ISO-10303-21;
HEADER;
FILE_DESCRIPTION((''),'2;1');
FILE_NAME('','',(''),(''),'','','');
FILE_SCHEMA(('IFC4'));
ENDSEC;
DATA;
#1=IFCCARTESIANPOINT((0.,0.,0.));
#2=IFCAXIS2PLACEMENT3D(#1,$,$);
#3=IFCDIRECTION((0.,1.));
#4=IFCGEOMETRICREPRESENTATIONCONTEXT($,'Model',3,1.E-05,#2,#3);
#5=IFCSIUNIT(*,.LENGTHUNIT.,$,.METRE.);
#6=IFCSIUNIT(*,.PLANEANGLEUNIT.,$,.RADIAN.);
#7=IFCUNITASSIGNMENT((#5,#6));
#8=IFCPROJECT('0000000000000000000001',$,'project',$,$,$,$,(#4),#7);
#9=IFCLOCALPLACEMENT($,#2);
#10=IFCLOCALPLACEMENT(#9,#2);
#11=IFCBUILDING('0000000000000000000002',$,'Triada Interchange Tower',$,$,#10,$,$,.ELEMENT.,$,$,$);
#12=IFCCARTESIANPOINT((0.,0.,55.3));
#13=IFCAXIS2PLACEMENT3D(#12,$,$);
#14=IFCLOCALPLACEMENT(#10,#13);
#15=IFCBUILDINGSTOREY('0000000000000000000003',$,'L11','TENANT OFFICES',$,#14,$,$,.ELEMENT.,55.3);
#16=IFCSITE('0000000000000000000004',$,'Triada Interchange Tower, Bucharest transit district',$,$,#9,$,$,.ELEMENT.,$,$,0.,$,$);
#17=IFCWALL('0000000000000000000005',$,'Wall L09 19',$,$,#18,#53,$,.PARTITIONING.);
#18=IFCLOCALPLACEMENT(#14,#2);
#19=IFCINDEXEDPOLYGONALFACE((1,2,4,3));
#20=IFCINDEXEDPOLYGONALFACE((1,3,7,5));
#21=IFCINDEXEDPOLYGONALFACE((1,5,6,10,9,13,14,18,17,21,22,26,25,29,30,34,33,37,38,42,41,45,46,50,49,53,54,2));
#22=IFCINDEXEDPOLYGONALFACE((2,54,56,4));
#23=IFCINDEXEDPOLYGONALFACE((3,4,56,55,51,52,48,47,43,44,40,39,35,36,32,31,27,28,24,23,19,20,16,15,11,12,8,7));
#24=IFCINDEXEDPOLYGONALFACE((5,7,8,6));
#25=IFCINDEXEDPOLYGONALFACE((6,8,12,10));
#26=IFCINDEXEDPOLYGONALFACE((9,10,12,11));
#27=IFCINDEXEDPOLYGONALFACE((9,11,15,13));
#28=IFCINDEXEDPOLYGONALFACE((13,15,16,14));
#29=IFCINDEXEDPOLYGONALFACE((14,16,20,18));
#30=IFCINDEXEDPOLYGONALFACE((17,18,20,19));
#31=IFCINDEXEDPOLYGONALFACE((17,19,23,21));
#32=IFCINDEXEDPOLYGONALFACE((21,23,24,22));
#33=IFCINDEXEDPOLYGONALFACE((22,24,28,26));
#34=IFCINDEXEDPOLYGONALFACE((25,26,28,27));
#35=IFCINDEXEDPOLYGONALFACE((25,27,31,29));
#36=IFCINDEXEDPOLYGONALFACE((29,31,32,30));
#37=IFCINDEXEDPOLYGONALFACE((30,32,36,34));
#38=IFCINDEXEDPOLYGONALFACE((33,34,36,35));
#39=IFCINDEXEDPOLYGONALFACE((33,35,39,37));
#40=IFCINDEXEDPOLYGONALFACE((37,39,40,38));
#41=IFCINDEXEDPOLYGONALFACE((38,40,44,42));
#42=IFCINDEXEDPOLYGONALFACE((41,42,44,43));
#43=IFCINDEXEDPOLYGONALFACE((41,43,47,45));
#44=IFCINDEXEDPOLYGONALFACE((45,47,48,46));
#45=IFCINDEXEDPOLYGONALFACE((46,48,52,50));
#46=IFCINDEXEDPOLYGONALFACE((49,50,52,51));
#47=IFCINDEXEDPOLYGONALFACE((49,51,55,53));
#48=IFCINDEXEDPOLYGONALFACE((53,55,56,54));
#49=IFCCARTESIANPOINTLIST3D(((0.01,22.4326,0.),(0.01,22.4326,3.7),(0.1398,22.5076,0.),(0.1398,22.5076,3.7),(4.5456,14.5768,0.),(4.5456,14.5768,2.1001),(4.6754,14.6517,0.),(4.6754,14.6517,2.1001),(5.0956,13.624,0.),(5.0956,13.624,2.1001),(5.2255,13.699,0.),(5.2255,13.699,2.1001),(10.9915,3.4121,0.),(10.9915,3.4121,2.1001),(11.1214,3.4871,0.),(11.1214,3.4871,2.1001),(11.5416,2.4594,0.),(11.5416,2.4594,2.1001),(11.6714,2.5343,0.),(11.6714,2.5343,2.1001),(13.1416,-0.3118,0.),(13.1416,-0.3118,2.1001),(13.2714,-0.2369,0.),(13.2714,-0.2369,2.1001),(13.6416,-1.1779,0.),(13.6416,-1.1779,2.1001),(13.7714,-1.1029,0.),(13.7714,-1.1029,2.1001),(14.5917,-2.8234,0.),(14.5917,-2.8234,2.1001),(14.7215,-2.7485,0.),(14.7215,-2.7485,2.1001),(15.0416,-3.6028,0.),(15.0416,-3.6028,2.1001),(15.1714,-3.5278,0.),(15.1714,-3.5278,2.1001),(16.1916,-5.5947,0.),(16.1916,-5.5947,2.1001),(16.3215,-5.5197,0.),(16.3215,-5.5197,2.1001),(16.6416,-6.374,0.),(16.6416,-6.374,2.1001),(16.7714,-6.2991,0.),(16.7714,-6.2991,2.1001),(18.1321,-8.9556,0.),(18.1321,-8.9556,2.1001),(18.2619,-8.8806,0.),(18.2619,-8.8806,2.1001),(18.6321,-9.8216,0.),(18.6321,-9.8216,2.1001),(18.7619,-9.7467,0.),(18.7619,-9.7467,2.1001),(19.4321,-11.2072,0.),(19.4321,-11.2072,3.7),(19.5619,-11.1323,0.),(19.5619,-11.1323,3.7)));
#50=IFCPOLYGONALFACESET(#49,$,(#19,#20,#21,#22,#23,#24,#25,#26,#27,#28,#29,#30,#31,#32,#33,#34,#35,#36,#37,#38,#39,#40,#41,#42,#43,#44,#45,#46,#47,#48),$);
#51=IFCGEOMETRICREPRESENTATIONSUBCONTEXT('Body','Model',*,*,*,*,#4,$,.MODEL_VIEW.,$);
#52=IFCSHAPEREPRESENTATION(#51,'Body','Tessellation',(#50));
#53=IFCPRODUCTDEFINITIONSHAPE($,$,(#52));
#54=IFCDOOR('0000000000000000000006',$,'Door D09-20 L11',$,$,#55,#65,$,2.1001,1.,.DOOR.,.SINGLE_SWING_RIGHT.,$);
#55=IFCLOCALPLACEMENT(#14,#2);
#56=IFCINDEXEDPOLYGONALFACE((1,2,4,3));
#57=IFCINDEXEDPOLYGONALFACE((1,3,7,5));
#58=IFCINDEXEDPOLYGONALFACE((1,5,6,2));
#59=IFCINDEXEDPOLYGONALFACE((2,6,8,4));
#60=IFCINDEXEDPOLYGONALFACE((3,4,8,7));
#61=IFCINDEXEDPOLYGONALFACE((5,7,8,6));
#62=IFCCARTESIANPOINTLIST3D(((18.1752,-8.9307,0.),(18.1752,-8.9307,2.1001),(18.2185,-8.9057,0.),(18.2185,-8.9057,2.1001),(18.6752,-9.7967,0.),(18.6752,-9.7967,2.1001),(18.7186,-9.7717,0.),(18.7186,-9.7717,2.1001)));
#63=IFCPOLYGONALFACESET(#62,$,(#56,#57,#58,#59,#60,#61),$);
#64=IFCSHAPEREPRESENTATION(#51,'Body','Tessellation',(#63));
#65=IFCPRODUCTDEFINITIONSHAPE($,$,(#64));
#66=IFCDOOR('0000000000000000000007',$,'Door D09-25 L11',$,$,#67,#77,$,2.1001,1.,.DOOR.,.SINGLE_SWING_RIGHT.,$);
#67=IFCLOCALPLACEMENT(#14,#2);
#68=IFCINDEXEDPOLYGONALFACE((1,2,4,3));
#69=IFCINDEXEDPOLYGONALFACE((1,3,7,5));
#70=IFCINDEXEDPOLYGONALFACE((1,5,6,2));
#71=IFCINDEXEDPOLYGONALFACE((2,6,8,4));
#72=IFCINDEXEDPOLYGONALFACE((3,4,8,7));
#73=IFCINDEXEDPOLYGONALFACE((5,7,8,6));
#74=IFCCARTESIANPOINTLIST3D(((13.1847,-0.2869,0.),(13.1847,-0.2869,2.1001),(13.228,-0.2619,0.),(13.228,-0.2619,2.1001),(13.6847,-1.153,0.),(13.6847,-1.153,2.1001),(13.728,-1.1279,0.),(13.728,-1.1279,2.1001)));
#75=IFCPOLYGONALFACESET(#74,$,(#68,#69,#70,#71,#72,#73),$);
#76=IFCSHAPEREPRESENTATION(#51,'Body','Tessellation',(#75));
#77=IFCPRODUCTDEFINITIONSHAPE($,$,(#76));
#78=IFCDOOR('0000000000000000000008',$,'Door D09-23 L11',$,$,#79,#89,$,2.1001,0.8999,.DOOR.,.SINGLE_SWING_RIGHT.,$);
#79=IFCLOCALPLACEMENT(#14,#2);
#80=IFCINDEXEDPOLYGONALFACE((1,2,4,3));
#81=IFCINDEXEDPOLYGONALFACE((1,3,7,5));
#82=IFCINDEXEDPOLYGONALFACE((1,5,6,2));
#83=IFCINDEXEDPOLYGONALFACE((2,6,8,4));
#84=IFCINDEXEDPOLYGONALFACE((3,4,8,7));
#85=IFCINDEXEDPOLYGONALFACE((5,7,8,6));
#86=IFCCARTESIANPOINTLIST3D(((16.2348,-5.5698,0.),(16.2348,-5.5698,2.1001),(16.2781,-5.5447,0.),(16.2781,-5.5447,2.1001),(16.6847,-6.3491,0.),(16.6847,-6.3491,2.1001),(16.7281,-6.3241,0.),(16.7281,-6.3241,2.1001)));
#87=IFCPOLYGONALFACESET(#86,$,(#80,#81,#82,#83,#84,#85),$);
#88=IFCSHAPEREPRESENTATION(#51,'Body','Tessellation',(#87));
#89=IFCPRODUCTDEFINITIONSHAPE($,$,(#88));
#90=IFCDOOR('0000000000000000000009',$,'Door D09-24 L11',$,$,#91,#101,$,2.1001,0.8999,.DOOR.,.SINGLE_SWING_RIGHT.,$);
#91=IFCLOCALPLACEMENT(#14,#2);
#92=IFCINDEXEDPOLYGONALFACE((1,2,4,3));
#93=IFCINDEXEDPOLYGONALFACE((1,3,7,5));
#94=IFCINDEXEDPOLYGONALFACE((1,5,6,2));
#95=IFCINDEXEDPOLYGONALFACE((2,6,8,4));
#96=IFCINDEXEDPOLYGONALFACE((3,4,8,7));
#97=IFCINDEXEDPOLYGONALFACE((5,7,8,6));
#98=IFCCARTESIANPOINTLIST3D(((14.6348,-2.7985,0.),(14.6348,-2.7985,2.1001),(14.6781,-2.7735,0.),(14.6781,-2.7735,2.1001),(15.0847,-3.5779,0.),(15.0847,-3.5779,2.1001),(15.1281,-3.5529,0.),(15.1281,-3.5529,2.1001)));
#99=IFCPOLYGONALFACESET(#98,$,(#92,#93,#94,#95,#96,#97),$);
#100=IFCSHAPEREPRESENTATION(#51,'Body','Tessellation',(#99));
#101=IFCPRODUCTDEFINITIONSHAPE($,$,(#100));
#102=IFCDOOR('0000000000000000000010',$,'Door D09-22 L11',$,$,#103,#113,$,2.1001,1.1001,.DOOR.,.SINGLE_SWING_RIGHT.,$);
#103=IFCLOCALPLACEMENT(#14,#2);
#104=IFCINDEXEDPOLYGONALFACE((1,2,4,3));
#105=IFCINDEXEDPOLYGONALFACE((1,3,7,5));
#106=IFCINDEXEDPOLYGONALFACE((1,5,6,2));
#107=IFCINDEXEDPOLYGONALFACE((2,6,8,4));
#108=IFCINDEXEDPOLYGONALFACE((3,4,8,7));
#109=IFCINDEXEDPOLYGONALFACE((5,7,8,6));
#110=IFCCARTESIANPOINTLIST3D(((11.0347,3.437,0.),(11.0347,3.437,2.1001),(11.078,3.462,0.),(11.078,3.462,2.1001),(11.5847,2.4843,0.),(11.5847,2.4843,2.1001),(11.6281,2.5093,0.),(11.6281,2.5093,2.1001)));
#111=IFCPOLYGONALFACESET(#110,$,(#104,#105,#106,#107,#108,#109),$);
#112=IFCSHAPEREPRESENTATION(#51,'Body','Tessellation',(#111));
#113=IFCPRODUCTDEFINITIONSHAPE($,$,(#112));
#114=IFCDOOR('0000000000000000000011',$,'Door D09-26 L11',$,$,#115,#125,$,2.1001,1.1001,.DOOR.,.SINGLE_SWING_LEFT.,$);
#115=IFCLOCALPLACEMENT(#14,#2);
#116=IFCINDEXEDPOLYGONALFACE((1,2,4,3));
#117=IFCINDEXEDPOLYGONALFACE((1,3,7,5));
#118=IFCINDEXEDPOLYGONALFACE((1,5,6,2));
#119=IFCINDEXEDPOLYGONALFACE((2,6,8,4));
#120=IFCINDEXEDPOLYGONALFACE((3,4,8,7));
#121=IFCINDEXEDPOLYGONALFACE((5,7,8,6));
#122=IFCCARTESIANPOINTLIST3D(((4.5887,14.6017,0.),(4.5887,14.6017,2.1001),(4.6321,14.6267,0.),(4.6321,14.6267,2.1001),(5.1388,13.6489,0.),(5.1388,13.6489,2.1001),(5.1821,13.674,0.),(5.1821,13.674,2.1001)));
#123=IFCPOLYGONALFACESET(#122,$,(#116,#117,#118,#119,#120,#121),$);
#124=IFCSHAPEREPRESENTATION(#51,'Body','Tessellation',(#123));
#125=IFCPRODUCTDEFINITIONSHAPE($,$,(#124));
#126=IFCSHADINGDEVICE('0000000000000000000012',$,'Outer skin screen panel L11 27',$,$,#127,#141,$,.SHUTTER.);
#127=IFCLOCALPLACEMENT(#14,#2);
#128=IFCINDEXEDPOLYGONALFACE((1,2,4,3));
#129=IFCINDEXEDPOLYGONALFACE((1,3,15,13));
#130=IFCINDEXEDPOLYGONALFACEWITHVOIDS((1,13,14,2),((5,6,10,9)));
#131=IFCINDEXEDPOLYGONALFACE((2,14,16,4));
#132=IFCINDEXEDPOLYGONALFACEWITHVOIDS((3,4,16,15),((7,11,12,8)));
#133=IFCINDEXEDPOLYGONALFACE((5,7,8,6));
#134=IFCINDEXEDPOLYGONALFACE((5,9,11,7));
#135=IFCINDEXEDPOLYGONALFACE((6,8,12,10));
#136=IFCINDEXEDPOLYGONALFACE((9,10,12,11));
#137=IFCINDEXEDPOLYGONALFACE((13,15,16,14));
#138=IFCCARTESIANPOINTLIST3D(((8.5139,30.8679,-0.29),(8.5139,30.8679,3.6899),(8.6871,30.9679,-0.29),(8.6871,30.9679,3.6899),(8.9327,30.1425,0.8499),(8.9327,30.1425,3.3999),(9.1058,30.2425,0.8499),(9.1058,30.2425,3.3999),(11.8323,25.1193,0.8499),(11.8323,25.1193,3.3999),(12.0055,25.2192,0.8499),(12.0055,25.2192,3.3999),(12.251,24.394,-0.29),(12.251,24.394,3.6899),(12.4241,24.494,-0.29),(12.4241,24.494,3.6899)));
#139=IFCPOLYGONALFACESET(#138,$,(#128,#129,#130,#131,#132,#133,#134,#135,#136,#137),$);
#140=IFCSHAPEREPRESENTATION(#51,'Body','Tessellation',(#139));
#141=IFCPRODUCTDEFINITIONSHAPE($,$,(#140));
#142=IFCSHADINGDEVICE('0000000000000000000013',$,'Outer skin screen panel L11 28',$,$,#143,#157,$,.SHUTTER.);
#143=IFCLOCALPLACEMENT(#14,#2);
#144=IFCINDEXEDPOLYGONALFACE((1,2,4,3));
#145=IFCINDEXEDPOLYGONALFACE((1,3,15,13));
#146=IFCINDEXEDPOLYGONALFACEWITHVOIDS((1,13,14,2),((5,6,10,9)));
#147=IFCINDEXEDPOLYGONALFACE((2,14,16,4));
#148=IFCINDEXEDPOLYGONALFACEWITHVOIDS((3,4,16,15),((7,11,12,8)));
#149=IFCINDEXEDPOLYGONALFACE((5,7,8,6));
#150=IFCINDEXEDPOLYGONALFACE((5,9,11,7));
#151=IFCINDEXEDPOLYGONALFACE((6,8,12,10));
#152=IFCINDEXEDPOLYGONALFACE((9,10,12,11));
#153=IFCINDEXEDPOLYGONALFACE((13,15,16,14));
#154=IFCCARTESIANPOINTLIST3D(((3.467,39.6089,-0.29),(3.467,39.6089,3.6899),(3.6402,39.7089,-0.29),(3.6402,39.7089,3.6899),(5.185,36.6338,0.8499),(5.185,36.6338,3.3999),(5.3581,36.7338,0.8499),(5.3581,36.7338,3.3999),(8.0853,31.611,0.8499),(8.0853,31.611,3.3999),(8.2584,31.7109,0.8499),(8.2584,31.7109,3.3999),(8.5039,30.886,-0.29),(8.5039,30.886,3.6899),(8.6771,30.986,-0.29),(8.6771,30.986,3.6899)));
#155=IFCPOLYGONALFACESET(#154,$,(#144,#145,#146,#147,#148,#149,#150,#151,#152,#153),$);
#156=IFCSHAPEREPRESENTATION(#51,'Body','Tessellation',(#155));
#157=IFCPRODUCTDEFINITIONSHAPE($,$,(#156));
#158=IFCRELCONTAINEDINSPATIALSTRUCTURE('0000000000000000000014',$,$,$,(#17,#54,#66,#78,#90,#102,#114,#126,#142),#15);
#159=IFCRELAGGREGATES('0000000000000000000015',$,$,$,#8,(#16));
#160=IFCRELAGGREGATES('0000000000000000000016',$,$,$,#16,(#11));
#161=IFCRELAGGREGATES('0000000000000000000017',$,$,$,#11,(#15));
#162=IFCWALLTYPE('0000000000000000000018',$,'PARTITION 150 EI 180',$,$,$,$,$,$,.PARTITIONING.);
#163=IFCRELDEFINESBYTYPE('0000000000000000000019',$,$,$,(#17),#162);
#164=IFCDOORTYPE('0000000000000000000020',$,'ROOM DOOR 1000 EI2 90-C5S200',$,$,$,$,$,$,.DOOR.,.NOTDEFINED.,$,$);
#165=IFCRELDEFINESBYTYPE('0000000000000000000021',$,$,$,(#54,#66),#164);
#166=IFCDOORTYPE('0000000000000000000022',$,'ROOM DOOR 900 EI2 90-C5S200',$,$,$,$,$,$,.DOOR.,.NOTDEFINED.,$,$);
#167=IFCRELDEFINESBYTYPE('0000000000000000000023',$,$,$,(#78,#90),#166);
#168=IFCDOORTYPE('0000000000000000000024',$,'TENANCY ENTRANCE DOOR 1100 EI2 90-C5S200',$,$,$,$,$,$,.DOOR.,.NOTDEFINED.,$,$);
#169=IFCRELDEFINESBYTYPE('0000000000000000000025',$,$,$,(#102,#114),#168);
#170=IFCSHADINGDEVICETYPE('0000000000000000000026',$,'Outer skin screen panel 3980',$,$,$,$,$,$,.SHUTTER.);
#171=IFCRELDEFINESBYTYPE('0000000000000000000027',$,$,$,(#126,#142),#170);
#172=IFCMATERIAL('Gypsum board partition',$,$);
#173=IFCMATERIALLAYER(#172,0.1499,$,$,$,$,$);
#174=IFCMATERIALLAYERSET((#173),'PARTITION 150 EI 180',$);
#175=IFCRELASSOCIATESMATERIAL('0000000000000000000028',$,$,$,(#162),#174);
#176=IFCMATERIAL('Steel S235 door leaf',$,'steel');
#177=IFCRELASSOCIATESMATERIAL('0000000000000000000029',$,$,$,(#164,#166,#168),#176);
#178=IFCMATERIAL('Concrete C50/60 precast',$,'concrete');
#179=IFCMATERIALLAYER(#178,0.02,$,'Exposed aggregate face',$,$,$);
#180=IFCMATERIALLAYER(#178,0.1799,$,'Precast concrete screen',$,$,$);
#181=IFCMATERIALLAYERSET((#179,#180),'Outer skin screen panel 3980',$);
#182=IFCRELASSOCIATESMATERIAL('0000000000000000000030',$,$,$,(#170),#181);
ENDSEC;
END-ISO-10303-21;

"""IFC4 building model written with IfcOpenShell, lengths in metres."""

from ifc_helpers import new_model, si_unit, direction, frame, frame_2d, origin, place, context, subcontext, project, spatial, polyline, rectangle, outline, extrude, material, layer, layer_set, type_object, element, fill, save


model = new_model("IFC4")

# Units and contexts
model_context = context("Model", 3, precision=1e-05, world=origin(), true_north=direction((0.0, 1.0)))
body_context = subcontext(model_context, "Body", "Model", "MODEL_VIEW")
ifc_project = project(units=[si_unit("LENGTHUNIT", "METRE"), si_unit("PLANEANGLEUNIT", "RADIAN")], contexts=[model_context])

# Site, building, storey
site_placement = place(None, origin())
site = spatial("IfcSite", under=ifc_project, at=site_placement, Name="Triada Interchange Tower, Bucharest transit district", CompositionType="ELEMENT", RefElevation=0.0)
building_placement = place(site_placement, origin())
building = spatial("IfcBuilding", under=site, at=building_placement, Name="Triada Interchange Tower", CompositionType="ELEMENT")
storey_placement = place(building_placement, frame((0.0, 0.0, 55.3)))
storey = spatial("IfcBuildingStorey", under=building, at=storey_placement, Name="L11", Description="TENANT OFFICES", CompositionType="ELEMENT", Elevation=55.3)

# Shared definitions
ifc_material_1 = material(Name="Gypsum board partition")
ifc_layer_1 = layer(ifc_material_1, 0.1499)
ifc_layer_set_1 = layer_set([ifc_layer_1], Name="PARTITION 150 EI 180")
wall_type_1 = type_object("IfcWallType", Name="PARTITION 150 EI 180", PredefinedType="PARTITIONING", material=ifc_layer_set_1)

# Wall, openings, doors
wall_1_placement = place(storey_placement, frame((0.075, 22.47, 0.0), z_axis=(0.0, 0.0, 1.0), x_axis=(0.500002, -0.866024, 0.0)))
wall_1 = element("IfcWall", 1, at=wall_1_placement, inside=storey, type_object=wall_type_1, Name="Wall L09 19", PredefinedType="PARTITIONING", context=body_context, shape_type="SweptSolid", body=[
    extrude(rectangle(XDim=38.844, YDim=0.1499, at=frame_2d((19.4219, 0.0))), origin(), (0.0, 0.0, 1.0), 3.7),
])
opening_1_placement = place(wall_1_placement, frame((36.2439, 0.0, 0.0)))
opening_1 = element("IfcOpeningElement", 2, at=opening_1_placement, cuts=wall_1, PredefinedType="OPENING", context=body_context, shape_type="SweptSolid", body=[
    extrude(rectangle(XDim=1.0, YDim=2.1001, at=frame_2d((0.5, 1.05))), frame((0.0, 0.085, 0.0), z_axis=(0.0, -1.0, 0.0), x_axis=(1.0, 0.0, 0.0)), (0.0, 0.0, 1.0), 0.1699),
])
opening_2_placement = place(wall_1_placement, frame((21.9629, 0.0, 0.0)))
opening_2 = element("IfcOpeningElement", 3, at=opening_2_placement, cuts=wall_1, PredefinedType="OPENING", context=body_context, shape_type="SweptSolid", body=[
    extrude(rectangle(XDim=1.1001, YDim=2.1001, at=frame_2d((0.55, 1.05))), frame((0.0, 0.085, 0.0), z_axis=(0.0, -1.0, 0.0), x_axis=(1.0, 0.0, 0.0)), (0.0, 0.0, 1.0), 0.1699),
])
opening_3_placement = place(wall_1_placement, frame((32.363, 0.0, 0.0)))
opening_3 = element("IfcOpeningElement", 4, at=opening_3_placement, cuts=wall_1, PredefinedType="OPENING", context=body_context, shape_type="SweptSolid", body=[
    extrude(rectangle(XDim=0.8999, YDim=2.1001, at=frame_2d((0.45, 1.05))), frame((0.0, 0.085, 0.0), z_axis=(0.0, -1.0, 0.0), x_axis=(1.0, 0.0, 0.0)), (0.0, 0.0, 1.0), 0.1699),
])
opening_4_placement = place(wall_1_placement, frame((29.1631, 0.0, 0.0)))
opening_4 = element("IfcOpeningElement", 5, at=opening_4_placement, cuts=wall_1, PredefinedType="OPENING", context=body_context, shape_type="SweptSolid", body=[
    extrude(rectangle(XDim=0.8999, YDim=2.1001, at=frame_2d((0.45, 1.05))), frame((0.0, 0.085, 0.0), z_axis=(0.0, -1.0, 0.0), x_axis=(1.0, 0.0, 0.0)), (0.0, 0.0, 1.0), 0.1699),
])
opening_5_placement = place(wall_1_placement, frame((26.2629, 0.0, 0.0)))
opening_5 = element("IfcOpeningElement", 6, at=opening_5_placement, cuts=wall_1, PredefinedType="OPENING", context=body_context, shape_type="SweptSolid", body=[
    extrude(rectangle(XDim=1.0, YDim=2.1001, at=frame_2d((0.5, 1.05))), frame((0.0, 0.085, 0.0), z_axis=(0.0, -1.0, 0.0), x_axis=(1.0, 0.0, 0.0)), (0.0, 0.0, 1.0), 0.1699),
])
opening_6_placement = place(wall_1_placement, frame((9.071, 0.0, 0.0)))
opening_6 = element("IfcOpeningElement", 7, at=opening_6_placement, cuts=wall_1, PredefinedType="OPENING", context=body_context, shape_type="SweptSolid", body=[
    extrude(rectangle(XDim=1.1001, YDim=2.1001, at=frame_2d((0.55, 1.05))), frame((0.0, 0.085, 0.0), z_axis=(0.0, -1.0, 0.0), x_axis=(1.0, 0.0, 0.0)), (0.0, 0.0, 1.0), 0.1699),
])
ifc_material_2 = material(Name="Steel S235 door leaf", Category="steel")
door_type_1 = type_object("IfcDoorType", Name="ROOM DOOR 1000 EI2 90-C5S200", OperationType="NOTDEFINED", PredefinedType="DOOR", material=ifc_material_2)
door_1_placement = place(opening_1_placement, origin())
door_1 = element("IfcDoor", 8, at=door_1_placement, inside=storey, type_object=door_type_1, Name="Door D09-20 L11", OperationType="SINGLE_SWING_RIGHT", OverallHeight=2.1001, OverallWidth=1.0, PredefinedType="DOOR", context=body_context, shape_type="SweptSolid", body=[
    extrude(rectangle(XDim=1.0, YDim=2.1001, at=frame_2d((0.5, 1.05))), frame((0.0, 0.0249, 0.0), z_axis=(0.0, -1.0, 0.0), x_axis=(1.0, 0.0, 0.0)), (0.0, 0.0, 1.0), 0.05),
])
fill(opening_1, door_1)
door_2_placement = place(opening_5_placement, origin())
door_2 = element("IfcDoor", 9, at=door_2_placement, inside=storey, type_object=door_type_1, Name="Door D09-25 L11", OperationType="SINGLE_SWING_RIGHT", OverallHeight=2.1001, OverallWidth=1.0, PredefinedType="DOOR", context=body_context, shape_type="SweptSolid", body=[
    extrude(rectangle(XDim=1.0, YDim=2.1001, at=frame_2d((0.5, 1.05))), frame((0.0, 0.0249, 0.0), z_axis=(0.0, -1.0, 0.0), x_axis=(1.0, 0.0, 0.0)), (0.0, 0.0, 1.0), 0.05),
])
fill(opening_5, door_2)
door_type_2 = type_object("IfcDoorType", Name="ROOM DOOR 900 EI2 90-C5S200", OperationType="NOTDEFINED", PredefinedType="DOOR", material=ifc_material_2)
door_3_placement = place(opening_3_placement, origin())
door_3 = element("IfcDoor", 10, at=door_3_placement, inside=storey, type_object=door_type_2, Name="Door D09-23 L11", OperationType="SINGLE_SWING_RIGHT", OverallHeight=2.1001, OverallWidth=0.8999, PredefinedType="DOOR", context=body_context, shape_type="SweptSolid", body=[
    extrude(rectangle(XDim=0.8999, YDim=2.1001, at=frame_2d((0.45, 1.05))), frame((0.0, 0.0249, 0.0), z_axis=(0.0, -1.0, 0.0), x_axis=(1.0, 0.0, 0.0)), (0.0, 0.0, 1.0), 0.05),
])
fill(opening_3, door_3)
door_4_placement = place(opening_4_placement, origin())
door_4 = element("IfcDoor", 11, at=door_4_placement, inside=storey, type_object=door_type_2, Name="Door D09-24 L11", OperationType="SINGLE_SWING_RIGHT", OverallHeight=2.1001, OverallWidth=0.8999, PredefinedType="DOOR", context=body_context, shape_type="SweptSolid", body=[
    extrude(rectangle(XDim=0.8999, YDim=2.1001, at=frame_2d((0.45, 1.05))), frame((0.0, 0.0249, 0.0), z_axis=(0.0, -1.0, 0.0), x_axis=(1.0, 0.0, 0.0)), (0.0, 0.0, 1.0), 0.05),
])
fill(opening_4, door_4)
door_type_3 = type_object("IfcDoorType", Name="TENANCY ENTRANCE DOOR 1100 EI2 90-C5S200", OperationType="NOTDEFINED", PredefinedType="DOOR", material=ifc_material_2)
door_5_placement = place(opening_2_placement, origin())
door_5 = element("IfcDoor", 12, at=door_5_placement, inside=storey, type_object=door_type_3, Name="Door D09-22 L11", OperationType="SINGLE_SWING_RIGHT", OverallHeight=2.1001, OverallWidth=1.1001, PredefinedType="DOOR", context=body_context, shape_type="SweptSolid", body=[
    extrude(rectangle(XDim=1.1001, YDim=2.1001, at=frame_2d((0.55, 1.05))), frame((0.0, 0.0249, 0.0), z_axis=(0.0, -1.0, 0.0), x_axis=(1.0, 0.0, 0.0)), (0.0, 0.0, 1.0), 0.05),
])
fill(opening_2, door_5)
door_6_placement = place(opening_6_placement, origin())
door_6 = element("IfcDoor", 13, at=door_6_placement, inside=storey, type_object=door_type_3, Name="Door D09-26 L11", OperationType="SINGLE_SWING_LEFT", OverallHeight=2.1001, OverallWidth=1.1001, PredefinedType="DOOR", context=body_context, shape_type="SweptSolid", body=[
    extrude(rectangle(XDim=1.1001, YDim=2.1001, at=frame_2d((0.55, 1.05))), frame((0.0, 0.0249, 0.0), z_axis=(0.0, -1.0, 0.0), x_axis=(1.0, 0.0, 0.0)), (0.0, 0.0, 1.0), 0.05),
])
fill(opening_6, door_6)

# Shading devices
ifc_material_3 = material(Name="Concrete C50/60 precast", Category="concrete")
ifc_layer_2 = layer(ifc_material_3, 0.02, Name="Exposed aggregate face")
ifc_layer_3 = layer(ifc_material_3, 0.1799, Name="Precast concrete screen")
ifc_layer_set_2 = layer_set([ifc_layer_2, ifc_layer_3], Name="Outer skin screen panel 3980")
shading_device_type = type_object("IfcShadingDeviceType", Name="Outer skin screen panel 3980", PredefinedType="SHUTTER", material=ifc_layer_set_2)
shading_device_1_placement = place(storey_placement, frame((12.251, 24.394, -0.29), z_axis=(0.0, 0.0, 1.0), x_axis=(-0.499936, 0.866062, 0.0)))
element("IfcShadingDevice", 14, at=shading_device_1_placement, inside=storey, type_object=shading_device_type, Name="Outer skin screen panel L11 27", PredefinedType="SHUTTER", context=body_context, shape_type="SweptSolid", body=[
    extrude(outline(polyline([(0.0, 0.0), (7.4751, 0.0), (7.4751, 3.98), (0.0, 3.98), (0.0, 0.0)]), holes=[polyline([(0.8374, 1.1399), (0.8374, 3.6899), (6.6375, 3.6899), (6.6375, 1.1399), (0.8374, 1.1399)])]), frame((0.0, 0.0, 0.0), z_axis=(0.0, -1.0, 0.0), x_axis=(1.0, 0.0, 0.0)), (0.0, 0.0, 1.0), 0.2),
])
shading_device_2_placement = place(storey_placement, frame((8.5039, 30.886, -0.29), z_axis=(0.0, 0.0, 1.0), x_axis=(-0.500052, 0.865995, 0.0)))
element("IfcShadingDevice", 15, at=shading_device_2_placement, inside=storey, type_object=shading_device_type, Name="Outer skin screen panel L11 28", PredefinedType="SHUTTER", context=body_context, shape_type="SweptSolid", body=[
    extrude(outline(polyline([(0.0, 0.0), (10.0728, 0.0), (10.0728, 3.98), (0.0, 3.98), (0.0, 0.0)]), holes=[polyline([(0.8372, 1.1399), (0.8372, 3.6899), (6.6372, 3.6899), (6.6372, 1.1399), (0.8372, 1.1399)])]), frame((0.0, 0.0, 0.0), z_axis=(0.0, -1.0, 0.0), x_axis=(1.0, 0.0, 0.0)), (0.0, 0.0, 1.0), 0.2),
])

save(model, "model.ifc")
